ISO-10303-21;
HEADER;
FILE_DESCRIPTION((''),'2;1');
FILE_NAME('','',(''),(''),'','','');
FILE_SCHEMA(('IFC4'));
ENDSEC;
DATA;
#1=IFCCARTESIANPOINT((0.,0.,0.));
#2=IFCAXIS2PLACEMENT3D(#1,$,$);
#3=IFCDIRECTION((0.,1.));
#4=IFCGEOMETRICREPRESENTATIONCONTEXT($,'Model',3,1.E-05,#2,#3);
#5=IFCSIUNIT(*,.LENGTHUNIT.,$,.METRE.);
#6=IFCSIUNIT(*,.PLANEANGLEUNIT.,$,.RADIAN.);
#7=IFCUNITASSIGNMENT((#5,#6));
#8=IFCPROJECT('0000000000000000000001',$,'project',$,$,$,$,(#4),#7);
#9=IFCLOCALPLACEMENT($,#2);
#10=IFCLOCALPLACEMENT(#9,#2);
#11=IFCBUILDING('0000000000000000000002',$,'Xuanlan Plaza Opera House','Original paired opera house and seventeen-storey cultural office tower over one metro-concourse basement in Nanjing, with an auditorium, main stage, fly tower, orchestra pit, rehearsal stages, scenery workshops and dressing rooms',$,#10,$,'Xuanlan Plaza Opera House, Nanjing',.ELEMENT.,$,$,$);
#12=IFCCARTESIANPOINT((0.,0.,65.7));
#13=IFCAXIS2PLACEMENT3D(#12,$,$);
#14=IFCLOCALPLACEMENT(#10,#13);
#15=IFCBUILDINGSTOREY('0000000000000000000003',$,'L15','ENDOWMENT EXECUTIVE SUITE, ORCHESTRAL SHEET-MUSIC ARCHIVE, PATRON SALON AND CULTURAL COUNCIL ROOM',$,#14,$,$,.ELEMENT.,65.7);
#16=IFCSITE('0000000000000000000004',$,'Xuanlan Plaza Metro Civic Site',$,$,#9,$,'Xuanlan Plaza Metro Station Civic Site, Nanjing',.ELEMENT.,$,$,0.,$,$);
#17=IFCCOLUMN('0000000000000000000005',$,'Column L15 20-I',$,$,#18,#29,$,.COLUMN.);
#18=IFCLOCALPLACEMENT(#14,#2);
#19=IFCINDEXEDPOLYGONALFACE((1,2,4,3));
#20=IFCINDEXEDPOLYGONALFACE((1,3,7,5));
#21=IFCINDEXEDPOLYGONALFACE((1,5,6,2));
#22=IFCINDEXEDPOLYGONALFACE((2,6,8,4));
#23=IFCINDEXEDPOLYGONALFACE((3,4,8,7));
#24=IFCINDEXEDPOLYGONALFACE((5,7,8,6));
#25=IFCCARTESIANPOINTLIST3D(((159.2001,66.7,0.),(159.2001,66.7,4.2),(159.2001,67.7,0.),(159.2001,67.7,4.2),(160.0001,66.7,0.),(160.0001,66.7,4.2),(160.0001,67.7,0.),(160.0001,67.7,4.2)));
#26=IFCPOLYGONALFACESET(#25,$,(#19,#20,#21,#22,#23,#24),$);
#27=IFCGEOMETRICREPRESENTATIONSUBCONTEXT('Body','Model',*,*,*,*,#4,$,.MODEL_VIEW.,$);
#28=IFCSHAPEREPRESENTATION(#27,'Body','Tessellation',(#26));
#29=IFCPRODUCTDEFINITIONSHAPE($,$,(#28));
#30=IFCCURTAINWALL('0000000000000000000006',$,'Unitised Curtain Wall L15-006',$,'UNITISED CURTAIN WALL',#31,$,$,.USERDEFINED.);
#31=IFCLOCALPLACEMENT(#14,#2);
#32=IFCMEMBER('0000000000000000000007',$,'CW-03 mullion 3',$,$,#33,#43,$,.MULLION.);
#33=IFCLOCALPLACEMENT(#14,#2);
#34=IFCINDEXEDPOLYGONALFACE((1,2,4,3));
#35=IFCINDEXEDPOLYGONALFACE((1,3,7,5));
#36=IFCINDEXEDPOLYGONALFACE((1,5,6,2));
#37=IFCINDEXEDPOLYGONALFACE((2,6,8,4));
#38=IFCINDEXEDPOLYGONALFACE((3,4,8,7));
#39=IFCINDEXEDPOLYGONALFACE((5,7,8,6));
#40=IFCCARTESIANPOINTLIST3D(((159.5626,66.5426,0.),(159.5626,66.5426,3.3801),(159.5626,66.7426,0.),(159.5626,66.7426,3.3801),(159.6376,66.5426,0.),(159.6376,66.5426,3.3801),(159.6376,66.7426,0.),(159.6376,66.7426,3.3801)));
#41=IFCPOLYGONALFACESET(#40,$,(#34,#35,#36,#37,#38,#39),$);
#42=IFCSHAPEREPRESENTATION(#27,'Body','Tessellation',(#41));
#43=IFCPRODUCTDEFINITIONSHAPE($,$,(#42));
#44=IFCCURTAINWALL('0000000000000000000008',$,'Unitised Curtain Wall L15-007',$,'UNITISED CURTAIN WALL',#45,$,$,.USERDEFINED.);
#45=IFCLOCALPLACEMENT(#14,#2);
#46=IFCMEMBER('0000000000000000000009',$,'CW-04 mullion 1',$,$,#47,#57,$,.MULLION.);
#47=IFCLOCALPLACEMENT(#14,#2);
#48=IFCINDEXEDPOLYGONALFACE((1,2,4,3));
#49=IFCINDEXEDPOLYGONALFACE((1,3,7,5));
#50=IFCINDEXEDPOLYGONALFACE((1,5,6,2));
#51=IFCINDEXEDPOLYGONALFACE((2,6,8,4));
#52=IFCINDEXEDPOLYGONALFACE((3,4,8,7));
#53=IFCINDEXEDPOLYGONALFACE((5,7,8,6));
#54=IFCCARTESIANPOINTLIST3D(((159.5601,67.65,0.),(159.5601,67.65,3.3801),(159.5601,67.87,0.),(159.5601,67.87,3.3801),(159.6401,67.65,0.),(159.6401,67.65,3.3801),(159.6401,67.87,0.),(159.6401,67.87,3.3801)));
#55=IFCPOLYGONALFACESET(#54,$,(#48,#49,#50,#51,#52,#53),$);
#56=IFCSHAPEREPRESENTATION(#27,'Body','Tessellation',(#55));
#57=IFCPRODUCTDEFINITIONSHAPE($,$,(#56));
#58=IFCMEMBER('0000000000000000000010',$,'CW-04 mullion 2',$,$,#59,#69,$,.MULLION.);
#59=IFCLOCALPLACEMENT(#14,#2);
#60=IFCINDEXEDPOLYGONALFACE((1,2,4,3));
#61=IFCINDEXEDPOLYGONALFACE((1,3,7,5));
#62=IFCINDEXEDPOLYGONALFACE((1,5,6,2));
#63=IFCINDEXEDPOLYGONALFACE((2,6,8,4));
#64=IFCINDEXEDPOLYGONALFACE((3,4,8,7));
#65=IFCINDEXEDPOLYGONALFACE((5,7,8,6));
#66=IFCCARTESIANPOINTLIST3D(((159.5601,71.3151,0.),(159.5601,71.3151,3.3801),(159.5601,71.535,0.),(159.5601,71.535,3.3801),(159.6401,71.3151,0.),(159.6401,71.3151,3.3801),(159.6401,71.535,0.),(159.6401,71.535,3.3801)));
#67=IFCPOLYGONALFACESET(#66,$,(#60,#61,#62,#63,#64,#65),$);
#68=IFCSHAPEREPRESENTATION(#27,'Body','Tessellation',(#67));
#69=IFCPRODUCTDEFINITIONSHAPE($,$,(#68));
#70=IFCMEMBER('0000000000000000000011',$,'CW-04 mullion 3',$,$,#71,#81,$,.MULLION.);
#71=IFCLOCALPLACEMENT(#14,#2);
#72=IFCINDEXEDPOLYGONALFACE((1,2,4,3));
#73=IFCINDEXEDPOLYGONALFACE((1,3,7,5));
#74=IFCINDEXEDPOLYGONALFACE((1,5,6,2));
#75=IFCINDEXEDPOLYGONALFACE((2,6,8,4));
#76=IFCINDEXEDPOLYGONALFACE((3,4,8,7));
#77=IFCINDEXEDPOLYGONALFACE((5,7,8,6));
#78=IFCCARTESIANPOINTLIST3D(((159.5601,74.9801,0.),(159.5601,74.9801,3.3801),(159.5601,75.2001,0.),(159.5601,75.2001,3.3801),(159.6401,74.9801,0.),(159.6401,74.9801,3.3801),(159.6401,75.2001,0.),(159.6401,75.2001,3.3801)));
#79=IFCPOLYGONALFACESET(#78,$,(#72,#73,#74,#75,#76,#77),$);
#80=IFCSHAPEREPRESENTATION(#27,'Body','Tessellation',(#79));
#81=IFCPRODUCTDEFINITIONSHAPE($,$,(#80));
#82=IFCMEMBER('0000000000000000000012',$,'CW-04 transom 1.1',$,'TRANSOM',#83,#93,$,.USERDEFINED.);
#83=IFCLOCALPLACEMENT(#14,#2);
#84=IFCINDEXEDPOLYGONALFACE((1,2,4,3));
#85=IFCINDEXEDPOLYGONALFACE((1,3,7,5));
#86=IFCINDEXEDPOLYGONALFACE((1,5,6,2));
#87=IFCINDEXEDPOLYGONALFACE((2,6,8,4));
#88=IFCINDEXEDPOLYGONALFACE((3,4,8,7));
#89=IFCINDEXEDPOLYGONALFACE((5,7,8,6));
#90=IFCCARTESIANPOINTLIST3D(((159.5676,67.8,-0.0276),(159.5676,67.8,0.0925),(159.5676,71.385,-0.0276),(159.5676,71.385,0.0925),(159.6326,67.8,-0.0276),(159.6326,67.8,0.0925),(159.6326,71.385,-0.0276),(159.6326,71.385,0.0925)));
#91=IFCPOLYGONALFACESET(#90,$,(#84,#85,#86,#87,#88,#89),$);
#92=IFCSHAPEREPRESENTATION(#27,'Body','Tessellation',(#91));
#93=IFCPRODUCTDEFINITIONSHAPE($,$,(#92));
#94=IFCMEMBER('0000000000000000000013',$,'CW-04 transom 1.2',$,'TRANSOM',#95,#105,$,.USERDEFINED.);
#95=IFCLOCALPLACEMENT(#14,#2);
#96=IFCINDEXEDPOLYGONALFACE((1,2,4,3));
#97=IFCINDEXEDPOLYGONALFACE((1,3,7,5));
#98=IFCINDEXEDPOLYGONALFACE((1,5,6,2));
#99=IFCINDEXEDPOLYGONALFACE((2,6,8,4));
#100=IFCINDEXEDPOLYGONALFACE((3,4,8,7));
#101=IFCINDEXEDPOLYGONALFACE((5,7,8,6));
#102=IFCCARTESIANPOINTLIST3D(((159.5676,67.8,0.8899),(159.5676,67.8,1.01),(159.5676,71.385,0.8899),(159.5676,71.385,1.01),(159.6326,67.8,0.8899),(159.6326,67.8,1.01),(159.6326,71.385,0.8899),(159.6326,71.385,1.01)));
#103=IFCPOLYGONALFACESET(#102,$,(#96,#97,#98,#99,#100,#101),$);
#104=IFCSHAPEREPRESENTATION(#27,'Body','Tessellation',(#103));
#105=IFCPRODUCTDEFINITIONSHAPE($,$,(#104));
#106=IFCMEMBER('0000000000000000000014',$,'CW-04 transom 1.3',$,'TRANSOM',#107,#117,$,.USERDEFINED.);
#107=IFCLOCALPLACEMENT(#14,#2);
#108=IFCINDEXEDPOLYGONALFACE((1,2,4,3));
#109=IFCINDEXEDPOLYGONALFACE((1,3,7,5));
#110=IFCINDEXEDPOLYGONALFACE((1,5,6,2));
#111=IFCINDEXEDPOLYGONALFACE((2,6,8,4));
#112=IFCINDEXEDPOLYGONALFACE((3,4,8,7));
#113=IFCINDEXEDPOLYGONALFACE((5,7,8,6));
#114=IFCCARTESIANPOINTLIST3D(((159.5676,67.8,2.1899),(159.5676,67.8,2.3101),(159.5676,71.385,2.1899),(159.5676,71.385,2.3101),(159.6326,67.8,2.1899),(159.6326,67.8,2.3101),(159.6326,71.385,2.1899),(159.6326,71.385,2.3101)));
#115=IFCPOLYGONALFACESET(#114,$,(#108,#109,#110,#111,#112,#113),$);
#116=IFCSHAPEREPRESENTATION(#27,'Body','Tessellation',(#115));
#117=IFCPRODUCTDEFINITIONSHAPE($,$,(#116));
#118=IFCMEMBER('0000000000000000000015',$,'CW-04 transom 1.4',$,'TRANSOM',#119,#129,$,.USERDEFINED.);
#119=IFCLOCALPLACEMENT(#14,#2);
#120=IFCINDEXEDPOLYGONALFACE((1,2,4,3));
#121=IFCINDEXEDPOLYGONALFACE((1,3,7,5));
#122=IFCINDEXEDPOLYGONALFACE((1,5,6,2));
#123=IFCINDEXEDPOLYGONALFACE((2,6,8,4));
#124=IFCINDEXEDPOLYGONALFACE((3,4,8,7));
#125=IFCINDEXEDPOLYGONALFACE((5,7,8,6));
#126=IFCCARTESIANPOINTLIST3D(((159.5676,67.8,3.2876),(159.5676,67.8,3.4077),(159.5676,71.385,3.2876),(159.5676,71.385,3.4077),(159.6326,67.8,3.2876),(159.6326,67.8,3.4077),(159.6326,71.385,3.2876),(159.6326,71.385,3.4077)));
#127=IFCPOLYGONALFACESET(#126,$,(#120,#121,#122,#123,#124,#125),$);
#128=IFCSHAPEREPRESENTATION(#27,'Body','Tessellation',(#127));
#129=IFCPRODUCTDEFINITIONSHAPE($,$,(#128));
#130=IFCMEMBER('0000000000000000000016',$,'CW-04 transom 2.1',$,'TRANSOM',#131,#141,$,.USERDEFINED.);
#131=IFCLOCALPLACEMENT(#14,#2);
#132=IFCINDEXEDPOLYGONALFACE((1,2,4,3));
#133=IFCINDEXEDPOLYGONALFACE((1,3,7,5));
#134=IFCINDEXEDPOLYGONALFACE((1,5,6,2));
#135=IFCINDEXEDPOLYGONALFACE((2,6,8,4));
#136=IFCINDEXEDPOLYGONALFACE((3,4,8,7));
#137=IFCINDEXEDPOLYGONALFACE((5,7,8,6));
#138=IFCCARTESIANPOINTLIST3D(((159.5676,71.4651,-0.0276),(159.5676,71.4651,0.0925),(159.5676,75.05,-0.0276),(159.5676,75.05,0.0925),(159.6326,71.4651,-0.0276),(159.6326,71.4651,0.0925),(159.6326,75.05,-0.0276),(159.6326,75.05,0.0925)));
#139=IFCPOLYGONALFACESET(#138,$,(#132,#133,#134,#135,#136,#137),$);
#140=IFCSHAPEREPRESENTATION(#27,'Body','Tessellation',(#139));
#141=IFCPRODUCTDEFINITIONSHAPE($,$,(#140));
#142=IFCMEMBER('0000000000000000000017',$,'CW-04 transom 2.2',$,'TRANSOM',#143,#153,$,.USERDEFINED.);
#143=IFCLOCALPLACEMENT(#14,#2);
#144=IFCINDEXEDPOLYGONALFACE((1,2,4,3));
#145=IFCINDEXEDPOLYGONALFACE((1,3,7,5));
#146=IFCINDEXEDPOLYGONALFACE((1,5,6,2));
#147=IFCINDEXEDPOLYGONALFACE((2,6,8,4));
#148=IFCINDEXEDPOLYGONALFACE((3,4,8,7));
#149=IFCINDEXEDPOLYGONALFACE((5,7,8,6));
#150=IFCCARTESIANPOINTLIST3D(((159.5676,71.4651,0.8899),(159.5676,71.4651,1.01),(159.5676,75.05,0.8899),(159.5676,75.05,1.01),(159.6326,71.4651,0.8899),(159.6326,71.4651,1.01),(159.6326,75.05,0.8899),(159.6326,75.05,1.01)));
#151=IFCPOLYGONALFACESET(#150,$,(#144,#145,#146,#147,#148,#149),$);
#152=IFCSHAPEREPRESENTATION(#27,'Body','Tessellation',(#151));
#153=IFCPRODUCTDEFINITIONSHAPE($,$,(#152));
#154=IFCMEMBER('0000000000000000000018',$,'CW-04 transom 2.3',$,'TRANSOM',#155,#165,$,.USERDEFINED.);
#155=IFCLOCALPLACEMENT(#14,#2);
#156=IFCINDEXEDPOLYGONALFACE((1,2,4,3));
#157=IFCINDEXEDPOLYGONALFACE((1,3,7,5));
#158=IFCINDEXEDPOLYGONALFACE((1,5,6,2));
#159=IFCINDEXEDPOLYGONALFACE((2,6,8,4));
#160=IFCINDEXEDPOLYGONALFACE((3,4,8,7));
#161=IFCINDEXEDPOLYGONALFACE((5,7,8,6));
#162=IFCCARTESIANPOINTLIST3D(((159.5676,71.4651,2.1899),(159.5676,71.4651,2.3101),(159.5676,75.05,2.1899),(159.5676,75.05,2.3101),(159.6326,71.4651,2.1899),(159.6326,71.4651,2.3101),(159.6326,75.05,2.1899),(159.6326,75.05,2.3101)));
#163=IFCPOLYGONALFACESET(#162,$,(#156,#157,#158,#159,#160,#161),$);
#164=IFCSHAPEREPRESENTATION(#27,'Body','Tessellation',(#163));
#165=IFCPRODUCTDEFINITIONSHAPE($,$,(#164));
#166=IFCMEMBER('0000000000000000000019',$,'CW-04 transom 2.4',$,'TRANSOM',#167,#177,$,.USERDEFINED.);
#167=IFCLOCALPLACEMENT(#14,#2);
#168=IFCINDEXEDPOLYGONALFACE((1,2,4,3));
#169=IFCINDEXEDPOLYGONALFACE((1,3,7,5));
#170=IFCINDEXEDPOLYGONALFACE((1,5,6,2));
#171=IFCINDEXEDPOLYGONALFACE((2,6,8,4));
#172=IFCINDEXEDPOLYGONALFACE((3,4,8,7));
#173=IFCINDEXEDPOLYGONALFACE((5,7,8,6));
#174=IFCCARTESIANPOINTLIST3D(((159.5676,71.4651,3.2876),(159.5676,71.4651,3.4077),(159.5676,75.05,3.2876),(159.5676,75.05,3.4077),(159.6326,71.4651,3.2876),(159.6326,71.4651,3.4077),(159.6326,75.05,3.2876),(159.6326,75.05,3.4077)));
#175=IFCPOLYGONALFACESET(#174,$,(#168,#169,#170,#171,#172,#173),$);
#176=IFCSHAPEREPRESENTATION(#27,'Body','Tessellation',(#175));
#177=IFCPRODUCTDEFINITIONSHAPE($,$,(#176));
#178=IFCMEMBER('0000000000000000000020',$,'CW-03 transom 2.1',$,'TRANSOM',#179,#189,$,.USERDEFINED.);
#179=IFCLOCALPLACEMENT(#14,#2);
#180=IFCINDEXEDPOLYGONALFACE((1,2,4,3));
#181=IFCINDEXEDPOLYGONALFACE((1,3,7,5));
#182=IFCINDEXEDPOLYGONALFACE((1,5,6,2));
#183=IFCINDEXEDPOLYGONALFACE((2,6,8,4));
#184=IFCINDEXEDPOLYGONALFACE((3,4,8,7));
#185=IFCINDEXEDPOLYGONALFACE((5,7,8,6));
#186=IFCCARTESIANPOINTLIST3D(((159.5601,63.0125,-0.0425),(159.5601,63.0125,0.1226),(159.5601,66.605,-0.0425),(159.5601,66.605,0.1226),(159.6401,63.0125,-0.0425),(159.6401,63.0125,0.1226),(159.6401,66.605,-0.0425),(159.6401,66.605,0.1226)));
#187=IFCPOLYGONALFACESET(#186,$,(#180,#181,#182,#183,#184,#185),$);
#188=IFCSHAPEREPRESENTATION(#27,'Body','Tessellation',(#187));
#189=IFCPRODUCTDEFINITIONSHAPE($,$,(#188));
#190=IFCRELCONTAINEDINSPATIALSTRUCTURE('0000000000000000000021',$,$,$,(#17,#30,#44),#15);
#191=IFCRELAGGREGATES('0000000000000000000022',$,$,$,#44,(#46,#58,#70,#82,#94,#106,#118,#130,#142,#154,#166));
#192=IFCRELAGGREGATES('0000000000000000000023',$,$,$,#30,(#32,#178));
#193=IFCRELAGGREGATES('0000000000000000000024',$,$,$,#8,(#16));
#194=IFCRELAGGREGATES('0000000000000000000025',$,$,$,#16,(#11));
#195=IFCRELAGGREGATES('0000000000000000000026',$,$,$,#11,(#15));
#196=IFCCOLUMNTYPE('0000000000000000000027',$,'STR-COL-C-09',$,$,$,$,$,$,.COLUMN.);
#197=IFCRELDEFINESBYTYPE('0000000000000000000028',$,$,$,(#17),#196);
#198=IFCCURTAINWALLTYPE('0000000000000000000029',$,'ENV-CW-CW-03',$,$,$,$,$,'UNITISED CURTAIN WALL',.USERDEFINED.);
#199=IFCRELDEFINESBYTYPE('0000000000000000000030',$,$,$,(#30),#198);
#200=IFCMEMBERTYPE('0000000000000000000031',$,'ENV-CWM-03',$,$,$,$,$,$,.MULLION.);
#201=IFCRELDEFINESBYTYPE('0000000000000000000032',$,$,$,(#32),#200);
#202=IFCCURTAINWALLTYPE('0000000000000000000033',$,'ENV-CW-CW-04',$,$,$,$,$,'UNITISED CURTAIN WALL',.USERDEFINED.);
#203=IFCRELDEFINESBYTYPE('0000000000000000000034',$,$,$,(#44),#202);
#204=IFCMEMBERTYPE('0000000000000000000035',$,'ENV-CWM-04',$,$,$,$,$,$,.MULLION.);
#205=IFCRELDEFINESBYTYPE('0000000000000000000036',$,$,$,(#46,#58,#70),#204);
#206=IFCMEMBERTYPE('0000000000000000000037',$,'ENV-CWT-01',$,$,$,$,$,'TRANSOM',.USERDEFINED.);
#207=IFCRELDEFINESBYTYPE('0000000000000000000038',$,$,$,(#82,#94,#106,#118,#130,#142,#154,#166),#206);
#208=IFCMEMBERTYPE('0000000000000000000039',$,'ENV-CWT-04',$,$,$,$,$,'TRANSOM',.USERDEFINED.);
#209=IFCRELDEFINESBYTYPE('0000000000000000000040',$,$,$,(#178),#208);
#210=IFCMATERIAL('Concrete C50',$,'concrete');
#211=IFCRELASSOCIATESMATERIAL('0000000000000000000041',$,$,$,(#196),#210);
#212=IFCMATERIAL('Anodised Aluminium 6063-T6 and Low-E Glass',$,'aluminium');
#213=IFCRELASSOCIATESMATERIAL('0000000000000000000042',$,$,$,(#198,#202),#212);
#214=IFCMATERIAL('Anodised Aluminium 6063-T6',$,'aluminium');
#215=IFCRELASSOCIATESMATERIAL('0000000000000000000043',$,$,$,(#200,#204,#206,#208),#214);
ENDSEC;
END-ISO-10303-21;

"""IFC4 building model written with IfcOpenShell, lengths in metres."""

from ifc_helpers import new_model, si_unit, direction, frame, origin, origin_2d, place, context, subcontext, project, spatial, rectangle, extrude, material, material_profile, profile_set, type_object, element, aggregate, save


model = new_model("IFC4")

# Units and contexts
model_context = context("Model", 3, precision=1e-05, world=origin(), true_north=direction((0.0, 1.0)))
body_context = subcontext(model_context, "Body", "Model", "MODEL_VIEW")
ifc_project = project(units=[si_unit("LENGTHUNIT", "METRE"), si_unit("PLANEANGLEUNIT", "RADIAN")], contexts=[model_context])

# Site, building, storey
site_placement = place(None, origin())
site = spatial("IfcSite", under=ifc_project, at=site_placement, Name="Xuanlan Plaza Metro Civic Site", LongName="Xuanlan Plaza Metro Station Civic Site, Nanjing", CompositionType="ELEMENT", RefElevation=0.0)
building_placement = place(site_placement, origin())
building = spatial("IfcBuilding", under=site, at=building_placement, Name="Xuanlan Plaza Opera House", Description="Original paired opera house and seventeen-storey cultural office tower over one metro-concourse basement in Nanjing, with an auditorium, main stage, fly tower, orchestra pit, rehearsal stages, scenery workshops and dressing rooms", LongName="Xuanlan Plaza Opera House, Nanjing", CompositionType="ELEMENT")
storey_placement = place(building_placement, frame((0.0, 0.0, 65.7)))
storey = spatial("IfcBuildingStorey", under=building, at=storey_placement, Name="L15", Description="ENDOWMENT EXECUTIVE SUITE, ORCHESTRAL SHEET-MUSIC ARCHIVE, PATRON SALON AND CULTURAL COUNCIL ROOM", CompositionType="ELEMENT", Elevation=65.7)

# Column
ifc_material_1 = material(Name="Concrete C50", Category="concrete")
ifc_material_profile_1 = material_profile(ifc_material_1, rectangle(XDim=0.8, YDim=1.0, at=origin_2d()), Name="RC-COL 800x1000")
ifc_profile_set_1 = profile_set([ifc_material_profile_1], Name="Concrete C50")
column_type = type_object("IfcColumnType", Name="STR-COL-C-09", PredefinedType="COLUMN", material=ifc_profile_set_1)
column_placement = place(storey_placement, frame((159.6001, 67.2, 0.0), z_axis=(0.0, 0.0, 1.0), x_axis=(1.0, 0.0, 0.0)))
element("IfcColumn", 1, at=column_placement, inside=storey, type_object=column_type, Name="Column L15 20-I", PredefinedType="COLUMN", context=body_context, shape_type="SweptSolid", body=[
    extrude(rectangle(XDim=0.8, YDim=1.0, at=origin_2d()), origin(), (0.0, 0.0, 1.0), 4.2),
])

# Curtain wall, member
ifc_material_2 = material(Name="Anodised Aluminium 6063-T6 and Low-E Glass", Category="aluminium")
curtain_wall_type_1 = type_object("IfcCurtainWallType", Name="ENV-CW-CW-03", ElementType="UNITISED CURTAIN WALL", PredefinedType="USERDEFINED", material=ifc_material_2)
curtain_wall_1_placement = place(storey_placement, origin())
curtain_wall_1 = element("IfcCurtainWall", 2, at=curtain_wall_1_placement, inside=storey, type_object=curtain_wall_type_1, Name="Unitised Curtain Wall L15-006", ObjectType="UNITISED CURTAIN WALL", PredefinedType="USERDEFINED")
ifc_material_3 = material(Name="Anodised Aluminium 6063-T6", Category="aluminium")
ifc_material_profile_2 = material_profile(ifc_material_3, rectangle(XDim=0.075, YDim=0.2, at=origin_2d()), Name="ALU-M 75x200")
ifc_profile_set_2 = profile_set([ifc_material_profile_2], Name="Anodised Aluminium 6063-T6")
member_type_1 = type_object("IfcMemberType", Name="ENV-CWM-03", PredefinedType="MULLION", material=ifc_profile_set_2)
member_1_placement = place(storey_placement, frame((159.6001, 66.6426, 0.0), z_axis=(0.0, 0.0, 1.0), x_axis=(-1.0, 0.0, 0.0)))
member_1 = element("IfcMember", 3, at=member_1_placement, type_object=member_type_1, Name="CW-03 mullion 3", PredefinedType="MULLION", context=body_context, shape_type="SweptSolid", body=[
    extrude(rectangle(XDim=0.075, YDim=0.2, at=origin_2d()), origin(), (0.0, 0.0, 1.0), 3.3801),
])

# Curtain wall, members
curtain_wall_type_2 = type_object("IfcCurtainWallType", Name="ENV-CW-CW-04", ElementType="UNITISED CURTAIN WALL", PredefinedType="USERDEFINED", material=ifc_material_2)
curtain_wall_2_placement = place(storey_placement, origin())
curtain_wall_2 = element("IfcCurtainWall", 4, at=curtain_wall_2_placement, inside=storey, type_object=curtain_wall_type_2, Name="Unitised Curtain Wall L15-007", ObjectType="UNITISED CURTAIN WALL", PredefinedType="USERDEFINED")
ifc_material_profile_3 = material_profile(ifc_material_3, rectangle(XDim=0.0801, YDim=0.22, at=origin_2d()), Name="ALU-M 80x220")
ifc_profile_set_3 = profile_set([ifc_material_profile_3], Name="Anodised Aluminium 6063-T6")
member_type_2 = type_object("IfcMemberType", Name="ENV-CWM-04", PredefinedType="MULLION", material=ifc_profile_set_3)
member_2_placement = place(storey_placement, frame((159.6001, 67.76, 0.0), z_axis=(0.0, 0.0, 1.0), x_axis=(-1.0, 0.0, 0.0)))
member_2 = element("IfcMember", 5, at=member_2_placement, type_object=member_type_2, Name="CW-04 mullion 1", PredefinedType="MULLION", context=body_context, shape_type="SweptSolid", body=[
    extrude(rectangle(XDim=0.0801, YDim=0.22, at=origin_2d()), origin(), (0.0, 0.0, 1.0), 3.3801),
])
member_3_placement = place(storey_placement, frame((159.6001, 71.425, 0.0), z_axis=(0.0, 0.0, 1.0), x_axis=(-1.0, 0.0, 0.0)))
member_3 = element("IfcMember", 6, at=member_3_placement, type_object=member_type_2, Name="CW-04 mullion 2", PredefinedType="MULLION", context=body_context, shape_type="SweptSolid", body=[
    extrude(rectangle(XDim=0.0801, YDim=0.22, at=origin_2d()), origin(), (0.0, 0.0, 1.0), 3.3801),
])
member_4_placement = place(storey_placement, frame((159.6001, 75.0901, 0.0), z_axis=(0.0, 0.0, 1.0), x_axis=(-1.0, 0.0, 0.0)))
member_4 = element("IfcMember", 7, at=member_4_placement, type_object=member_type_2, Name="CW-04 mullion 3", PredefinedType="MULLION", context=body_context, shape_type="SweptSolid", body=[
    extrude(rectangle(XDim=0.0801, YDim=0.22, at=origin_2d()), origin(), (0.0, 0.0, 1.0), 3.3801),
])
ifc_material_profile_4 = material_profile(ifc_material_3, rectangle(XDim=0.0649, YDim=0.1201, at=origin_2d()), Name="ALU-T 65x120")
ifc_profile_set_4 = profile_set([ifc_material_profile_4], Name="Anodised Aluminium 6063-T6")
member_type_3 = type_object("IfcMemberType", Name="ENV-CWT-01", ElementType="TRANSOM", PredefinedType="USERDEFINED", material=ifc_profile_set_4)
member_5_placement = place(storey_placement, frame((159.6001, 67.8, 0.0325), z_axis=(0.0, 1.0, 0.0), x_axis=(-1.0, 0.0, 0.0)))
member_5 = element("IfcMember", 8, at=member_5_placement, type_object=member_type_3, Name="CW-04 transom 1.1", ObjectType="TRANSOM", PredefinedType="USERDEFINED", context=body_context, shape_type="SweptSolid", body=[
    extrude(rectangle(XDim=0.0649, YDim=0.1201, at=origin_2d()), origin(), (0.0, 0.0, 1.0), 3.585),
])
member_6_placement = place(storey_placement, frame((159.6001, 67.8, 0.95), z_axis=(0.0, 1.0, 0.0), x_axis=(-1.0, 0.0, 0.0)))
member_6 = element("IfcMember", 9, at=member_6_placement, type_object=member_type_3, Name="CW-04 transom 1.2", ObjectType="TRANSOM", PredefinedType="USERDEFINED", context=body_context, shape_type="SweptSolid", body=[
    extrude(rectangle(XDim=0.0649, YDim=0.1201, at=origin_2d()), origin(), (0.0, 0.0, 1.0), 3.585),
])
member_7_placement = place(storey_placement, frame((159.6001, 67.8, 2.25), z_axis=(0.0, 1.0, 0.0), x_axis=(-1.0, 0.0, 0.0)))
member_7 = element("IfcMember", 10, at=member_7_placement, type_object=member_type_3, Name="CW-04 transom 1.3", ObjectType="TRANSOM", PredefinedType="USERDEFINED", context=body_context, shape_type="SweptSolid", body=[
    extrude(rectangle(XDim=0.0649, YDim=0.1201, at=origin_2d()), origin(), (0.0, 0.0, 1.0), 3.585),
])
member_8_placement = place(storey_placement, frame((159.6001, 67.8, 3.3477), z_axis=(0.0, 1.0, 0.0), x_axis=(-1.0, 0.0, 0.0)))
member_8 = element("IfcMember", 11, at=member_8_placement, type_object=member_type_3, Name="CW-04 transom 1.4", ObjectType="TRANSOM", PredefinedType="USERDEFINED", context=body_context, shape_type="SweptSolid", body=[
    extrude(rectangle(XDim=0.0649, YDim=0.1201, at=origin_2d()), origin(), (0.0, 0.0, 1.0), 3.585),
])
member_9_placement = place(storey_placement, frame((159.6001, 71.4651, 0.0325), z_axis=(0.0, 1.0, 0.0), x_axis=(-1.0, 0.0, 0.0)))
member_9 = element("IfcMember", 12, at=member_9_placement, type_object=member_type_3, Name="CW-04 transom 2.1", ObjectType="TRANSOM", PredefinedType="USERDEFINED", context=body_context, shape_type="SweptSolid", body=[
    extrude(rectangle(XDim=0.0649, YDim=0.1201, at=origin_2d()), origin(), (0.0, 0.0, 1.0), 3.585),
])
member_10_placement = place(storey_placement, frame((159.6001, 71.4651, 0.95), z_axis=(0.0, 1.0, 0.0), x_axis=(-1.0, 0.0, 0.0)))
member_10 = element("IfcMember", 13, at=member_10_placement, type_object=member_type_3, Name="CW-04 transom 2.2", ObjectType="TRANSOM", PredefinedType="USERDEFINED", context=body_context, shape_type="SweptSolid", body=[
    extrude(rectangle(XDim=0.0649, YDim=0.1201, at=origin_2d()), origin(), (0.0, 0.0, 1.0), 3.585),
])
member_11_placement = place(storey_placement, frame((159.6001, 71.4651, 2.25), z_axis=(0.0, 1.0, 0.0), x_axis=(-1.0, 0.0, 0.0)))
member_11 = element("IfcMember", 14, at=member_11_placement, type_object=member_type_3, Name="CW-04 transom 2.3", ObjectType="TRANSOM", PredefinedType="USERDEFINED", context=body_context, shape_type="SweptSolid", body=[
    extrude(rectangle(XDim=0.0649, YDim=0.1201, at=origin_2d()), origin(), (0.0, 0.0, 1.0), 3.585),
])
member_12_placement = place(storey_placement, frame((159.6001, 71.4651, 3.3477), z_axis=(0.0, 1.0, 0.0), x_axis=(-1.0, 0.0, 0.0)))
member_12 = element("IfcMember", 15, at=member_12_placement, type_object=member_type_3, Name="CW-04 transom 2.4", ObjectType="TRANSOM", PredefinedType="USERDEFINED", context=body_context, shape_type="SweptSolid", body=[
    extrude(rectangle(XDim=0.0649, YDim=0.1201, at=origin_2d()), origin(), (0.0, 0.0, 1.0), 3.585),
])

# Member
ifc_material_profile_5 = material_profile(ifc_material_3, rectangle(XDim=0.0801, YDim=0.165, at=origin_2d()), Name="ALU-T 80x165")
ifc_profile_set_5 = profile_set([ifc_material_profile_5], Name="Anodised Aluminium 6063-T6")
member_type_4 = type_object("IfcMemberType", Name="ENV-CWT-04", ElementType="TRANSOM", PredefinedType="USERDEFINED", material=ifc_profile_set_5)
member_13_placement = place(storey_placement, frame((159.6001, 63.0125, 0.04), z_axis=(0.0, 1.0, 0.0), x_axis=(-1.0, 0.0, 0.0)))
member_13 = element("IfcMember", 16, at=member_13_placement, type_object=member_type_4, Name="CW-03 transom 2.1", ObjectType="TRANSOM", PredefinedType="USERDEFINED", context=body_context, shape_type="SweptSolid", body=[
    extrude(rectangle(XDim=0.0801, YDim=0.165, at=origin_2d()), origin(), (0.0, 0.0, 1.0), 3.5925),
])

aggregate(curtain_wall_2, [member_2, member_3, member_4, member_5, member_6, member_7, member_8, member_9, member_10, member_11, member_12])
aggregate(curtain_wall_1, [member_1, member_13])

save(model, "model.ifc")
